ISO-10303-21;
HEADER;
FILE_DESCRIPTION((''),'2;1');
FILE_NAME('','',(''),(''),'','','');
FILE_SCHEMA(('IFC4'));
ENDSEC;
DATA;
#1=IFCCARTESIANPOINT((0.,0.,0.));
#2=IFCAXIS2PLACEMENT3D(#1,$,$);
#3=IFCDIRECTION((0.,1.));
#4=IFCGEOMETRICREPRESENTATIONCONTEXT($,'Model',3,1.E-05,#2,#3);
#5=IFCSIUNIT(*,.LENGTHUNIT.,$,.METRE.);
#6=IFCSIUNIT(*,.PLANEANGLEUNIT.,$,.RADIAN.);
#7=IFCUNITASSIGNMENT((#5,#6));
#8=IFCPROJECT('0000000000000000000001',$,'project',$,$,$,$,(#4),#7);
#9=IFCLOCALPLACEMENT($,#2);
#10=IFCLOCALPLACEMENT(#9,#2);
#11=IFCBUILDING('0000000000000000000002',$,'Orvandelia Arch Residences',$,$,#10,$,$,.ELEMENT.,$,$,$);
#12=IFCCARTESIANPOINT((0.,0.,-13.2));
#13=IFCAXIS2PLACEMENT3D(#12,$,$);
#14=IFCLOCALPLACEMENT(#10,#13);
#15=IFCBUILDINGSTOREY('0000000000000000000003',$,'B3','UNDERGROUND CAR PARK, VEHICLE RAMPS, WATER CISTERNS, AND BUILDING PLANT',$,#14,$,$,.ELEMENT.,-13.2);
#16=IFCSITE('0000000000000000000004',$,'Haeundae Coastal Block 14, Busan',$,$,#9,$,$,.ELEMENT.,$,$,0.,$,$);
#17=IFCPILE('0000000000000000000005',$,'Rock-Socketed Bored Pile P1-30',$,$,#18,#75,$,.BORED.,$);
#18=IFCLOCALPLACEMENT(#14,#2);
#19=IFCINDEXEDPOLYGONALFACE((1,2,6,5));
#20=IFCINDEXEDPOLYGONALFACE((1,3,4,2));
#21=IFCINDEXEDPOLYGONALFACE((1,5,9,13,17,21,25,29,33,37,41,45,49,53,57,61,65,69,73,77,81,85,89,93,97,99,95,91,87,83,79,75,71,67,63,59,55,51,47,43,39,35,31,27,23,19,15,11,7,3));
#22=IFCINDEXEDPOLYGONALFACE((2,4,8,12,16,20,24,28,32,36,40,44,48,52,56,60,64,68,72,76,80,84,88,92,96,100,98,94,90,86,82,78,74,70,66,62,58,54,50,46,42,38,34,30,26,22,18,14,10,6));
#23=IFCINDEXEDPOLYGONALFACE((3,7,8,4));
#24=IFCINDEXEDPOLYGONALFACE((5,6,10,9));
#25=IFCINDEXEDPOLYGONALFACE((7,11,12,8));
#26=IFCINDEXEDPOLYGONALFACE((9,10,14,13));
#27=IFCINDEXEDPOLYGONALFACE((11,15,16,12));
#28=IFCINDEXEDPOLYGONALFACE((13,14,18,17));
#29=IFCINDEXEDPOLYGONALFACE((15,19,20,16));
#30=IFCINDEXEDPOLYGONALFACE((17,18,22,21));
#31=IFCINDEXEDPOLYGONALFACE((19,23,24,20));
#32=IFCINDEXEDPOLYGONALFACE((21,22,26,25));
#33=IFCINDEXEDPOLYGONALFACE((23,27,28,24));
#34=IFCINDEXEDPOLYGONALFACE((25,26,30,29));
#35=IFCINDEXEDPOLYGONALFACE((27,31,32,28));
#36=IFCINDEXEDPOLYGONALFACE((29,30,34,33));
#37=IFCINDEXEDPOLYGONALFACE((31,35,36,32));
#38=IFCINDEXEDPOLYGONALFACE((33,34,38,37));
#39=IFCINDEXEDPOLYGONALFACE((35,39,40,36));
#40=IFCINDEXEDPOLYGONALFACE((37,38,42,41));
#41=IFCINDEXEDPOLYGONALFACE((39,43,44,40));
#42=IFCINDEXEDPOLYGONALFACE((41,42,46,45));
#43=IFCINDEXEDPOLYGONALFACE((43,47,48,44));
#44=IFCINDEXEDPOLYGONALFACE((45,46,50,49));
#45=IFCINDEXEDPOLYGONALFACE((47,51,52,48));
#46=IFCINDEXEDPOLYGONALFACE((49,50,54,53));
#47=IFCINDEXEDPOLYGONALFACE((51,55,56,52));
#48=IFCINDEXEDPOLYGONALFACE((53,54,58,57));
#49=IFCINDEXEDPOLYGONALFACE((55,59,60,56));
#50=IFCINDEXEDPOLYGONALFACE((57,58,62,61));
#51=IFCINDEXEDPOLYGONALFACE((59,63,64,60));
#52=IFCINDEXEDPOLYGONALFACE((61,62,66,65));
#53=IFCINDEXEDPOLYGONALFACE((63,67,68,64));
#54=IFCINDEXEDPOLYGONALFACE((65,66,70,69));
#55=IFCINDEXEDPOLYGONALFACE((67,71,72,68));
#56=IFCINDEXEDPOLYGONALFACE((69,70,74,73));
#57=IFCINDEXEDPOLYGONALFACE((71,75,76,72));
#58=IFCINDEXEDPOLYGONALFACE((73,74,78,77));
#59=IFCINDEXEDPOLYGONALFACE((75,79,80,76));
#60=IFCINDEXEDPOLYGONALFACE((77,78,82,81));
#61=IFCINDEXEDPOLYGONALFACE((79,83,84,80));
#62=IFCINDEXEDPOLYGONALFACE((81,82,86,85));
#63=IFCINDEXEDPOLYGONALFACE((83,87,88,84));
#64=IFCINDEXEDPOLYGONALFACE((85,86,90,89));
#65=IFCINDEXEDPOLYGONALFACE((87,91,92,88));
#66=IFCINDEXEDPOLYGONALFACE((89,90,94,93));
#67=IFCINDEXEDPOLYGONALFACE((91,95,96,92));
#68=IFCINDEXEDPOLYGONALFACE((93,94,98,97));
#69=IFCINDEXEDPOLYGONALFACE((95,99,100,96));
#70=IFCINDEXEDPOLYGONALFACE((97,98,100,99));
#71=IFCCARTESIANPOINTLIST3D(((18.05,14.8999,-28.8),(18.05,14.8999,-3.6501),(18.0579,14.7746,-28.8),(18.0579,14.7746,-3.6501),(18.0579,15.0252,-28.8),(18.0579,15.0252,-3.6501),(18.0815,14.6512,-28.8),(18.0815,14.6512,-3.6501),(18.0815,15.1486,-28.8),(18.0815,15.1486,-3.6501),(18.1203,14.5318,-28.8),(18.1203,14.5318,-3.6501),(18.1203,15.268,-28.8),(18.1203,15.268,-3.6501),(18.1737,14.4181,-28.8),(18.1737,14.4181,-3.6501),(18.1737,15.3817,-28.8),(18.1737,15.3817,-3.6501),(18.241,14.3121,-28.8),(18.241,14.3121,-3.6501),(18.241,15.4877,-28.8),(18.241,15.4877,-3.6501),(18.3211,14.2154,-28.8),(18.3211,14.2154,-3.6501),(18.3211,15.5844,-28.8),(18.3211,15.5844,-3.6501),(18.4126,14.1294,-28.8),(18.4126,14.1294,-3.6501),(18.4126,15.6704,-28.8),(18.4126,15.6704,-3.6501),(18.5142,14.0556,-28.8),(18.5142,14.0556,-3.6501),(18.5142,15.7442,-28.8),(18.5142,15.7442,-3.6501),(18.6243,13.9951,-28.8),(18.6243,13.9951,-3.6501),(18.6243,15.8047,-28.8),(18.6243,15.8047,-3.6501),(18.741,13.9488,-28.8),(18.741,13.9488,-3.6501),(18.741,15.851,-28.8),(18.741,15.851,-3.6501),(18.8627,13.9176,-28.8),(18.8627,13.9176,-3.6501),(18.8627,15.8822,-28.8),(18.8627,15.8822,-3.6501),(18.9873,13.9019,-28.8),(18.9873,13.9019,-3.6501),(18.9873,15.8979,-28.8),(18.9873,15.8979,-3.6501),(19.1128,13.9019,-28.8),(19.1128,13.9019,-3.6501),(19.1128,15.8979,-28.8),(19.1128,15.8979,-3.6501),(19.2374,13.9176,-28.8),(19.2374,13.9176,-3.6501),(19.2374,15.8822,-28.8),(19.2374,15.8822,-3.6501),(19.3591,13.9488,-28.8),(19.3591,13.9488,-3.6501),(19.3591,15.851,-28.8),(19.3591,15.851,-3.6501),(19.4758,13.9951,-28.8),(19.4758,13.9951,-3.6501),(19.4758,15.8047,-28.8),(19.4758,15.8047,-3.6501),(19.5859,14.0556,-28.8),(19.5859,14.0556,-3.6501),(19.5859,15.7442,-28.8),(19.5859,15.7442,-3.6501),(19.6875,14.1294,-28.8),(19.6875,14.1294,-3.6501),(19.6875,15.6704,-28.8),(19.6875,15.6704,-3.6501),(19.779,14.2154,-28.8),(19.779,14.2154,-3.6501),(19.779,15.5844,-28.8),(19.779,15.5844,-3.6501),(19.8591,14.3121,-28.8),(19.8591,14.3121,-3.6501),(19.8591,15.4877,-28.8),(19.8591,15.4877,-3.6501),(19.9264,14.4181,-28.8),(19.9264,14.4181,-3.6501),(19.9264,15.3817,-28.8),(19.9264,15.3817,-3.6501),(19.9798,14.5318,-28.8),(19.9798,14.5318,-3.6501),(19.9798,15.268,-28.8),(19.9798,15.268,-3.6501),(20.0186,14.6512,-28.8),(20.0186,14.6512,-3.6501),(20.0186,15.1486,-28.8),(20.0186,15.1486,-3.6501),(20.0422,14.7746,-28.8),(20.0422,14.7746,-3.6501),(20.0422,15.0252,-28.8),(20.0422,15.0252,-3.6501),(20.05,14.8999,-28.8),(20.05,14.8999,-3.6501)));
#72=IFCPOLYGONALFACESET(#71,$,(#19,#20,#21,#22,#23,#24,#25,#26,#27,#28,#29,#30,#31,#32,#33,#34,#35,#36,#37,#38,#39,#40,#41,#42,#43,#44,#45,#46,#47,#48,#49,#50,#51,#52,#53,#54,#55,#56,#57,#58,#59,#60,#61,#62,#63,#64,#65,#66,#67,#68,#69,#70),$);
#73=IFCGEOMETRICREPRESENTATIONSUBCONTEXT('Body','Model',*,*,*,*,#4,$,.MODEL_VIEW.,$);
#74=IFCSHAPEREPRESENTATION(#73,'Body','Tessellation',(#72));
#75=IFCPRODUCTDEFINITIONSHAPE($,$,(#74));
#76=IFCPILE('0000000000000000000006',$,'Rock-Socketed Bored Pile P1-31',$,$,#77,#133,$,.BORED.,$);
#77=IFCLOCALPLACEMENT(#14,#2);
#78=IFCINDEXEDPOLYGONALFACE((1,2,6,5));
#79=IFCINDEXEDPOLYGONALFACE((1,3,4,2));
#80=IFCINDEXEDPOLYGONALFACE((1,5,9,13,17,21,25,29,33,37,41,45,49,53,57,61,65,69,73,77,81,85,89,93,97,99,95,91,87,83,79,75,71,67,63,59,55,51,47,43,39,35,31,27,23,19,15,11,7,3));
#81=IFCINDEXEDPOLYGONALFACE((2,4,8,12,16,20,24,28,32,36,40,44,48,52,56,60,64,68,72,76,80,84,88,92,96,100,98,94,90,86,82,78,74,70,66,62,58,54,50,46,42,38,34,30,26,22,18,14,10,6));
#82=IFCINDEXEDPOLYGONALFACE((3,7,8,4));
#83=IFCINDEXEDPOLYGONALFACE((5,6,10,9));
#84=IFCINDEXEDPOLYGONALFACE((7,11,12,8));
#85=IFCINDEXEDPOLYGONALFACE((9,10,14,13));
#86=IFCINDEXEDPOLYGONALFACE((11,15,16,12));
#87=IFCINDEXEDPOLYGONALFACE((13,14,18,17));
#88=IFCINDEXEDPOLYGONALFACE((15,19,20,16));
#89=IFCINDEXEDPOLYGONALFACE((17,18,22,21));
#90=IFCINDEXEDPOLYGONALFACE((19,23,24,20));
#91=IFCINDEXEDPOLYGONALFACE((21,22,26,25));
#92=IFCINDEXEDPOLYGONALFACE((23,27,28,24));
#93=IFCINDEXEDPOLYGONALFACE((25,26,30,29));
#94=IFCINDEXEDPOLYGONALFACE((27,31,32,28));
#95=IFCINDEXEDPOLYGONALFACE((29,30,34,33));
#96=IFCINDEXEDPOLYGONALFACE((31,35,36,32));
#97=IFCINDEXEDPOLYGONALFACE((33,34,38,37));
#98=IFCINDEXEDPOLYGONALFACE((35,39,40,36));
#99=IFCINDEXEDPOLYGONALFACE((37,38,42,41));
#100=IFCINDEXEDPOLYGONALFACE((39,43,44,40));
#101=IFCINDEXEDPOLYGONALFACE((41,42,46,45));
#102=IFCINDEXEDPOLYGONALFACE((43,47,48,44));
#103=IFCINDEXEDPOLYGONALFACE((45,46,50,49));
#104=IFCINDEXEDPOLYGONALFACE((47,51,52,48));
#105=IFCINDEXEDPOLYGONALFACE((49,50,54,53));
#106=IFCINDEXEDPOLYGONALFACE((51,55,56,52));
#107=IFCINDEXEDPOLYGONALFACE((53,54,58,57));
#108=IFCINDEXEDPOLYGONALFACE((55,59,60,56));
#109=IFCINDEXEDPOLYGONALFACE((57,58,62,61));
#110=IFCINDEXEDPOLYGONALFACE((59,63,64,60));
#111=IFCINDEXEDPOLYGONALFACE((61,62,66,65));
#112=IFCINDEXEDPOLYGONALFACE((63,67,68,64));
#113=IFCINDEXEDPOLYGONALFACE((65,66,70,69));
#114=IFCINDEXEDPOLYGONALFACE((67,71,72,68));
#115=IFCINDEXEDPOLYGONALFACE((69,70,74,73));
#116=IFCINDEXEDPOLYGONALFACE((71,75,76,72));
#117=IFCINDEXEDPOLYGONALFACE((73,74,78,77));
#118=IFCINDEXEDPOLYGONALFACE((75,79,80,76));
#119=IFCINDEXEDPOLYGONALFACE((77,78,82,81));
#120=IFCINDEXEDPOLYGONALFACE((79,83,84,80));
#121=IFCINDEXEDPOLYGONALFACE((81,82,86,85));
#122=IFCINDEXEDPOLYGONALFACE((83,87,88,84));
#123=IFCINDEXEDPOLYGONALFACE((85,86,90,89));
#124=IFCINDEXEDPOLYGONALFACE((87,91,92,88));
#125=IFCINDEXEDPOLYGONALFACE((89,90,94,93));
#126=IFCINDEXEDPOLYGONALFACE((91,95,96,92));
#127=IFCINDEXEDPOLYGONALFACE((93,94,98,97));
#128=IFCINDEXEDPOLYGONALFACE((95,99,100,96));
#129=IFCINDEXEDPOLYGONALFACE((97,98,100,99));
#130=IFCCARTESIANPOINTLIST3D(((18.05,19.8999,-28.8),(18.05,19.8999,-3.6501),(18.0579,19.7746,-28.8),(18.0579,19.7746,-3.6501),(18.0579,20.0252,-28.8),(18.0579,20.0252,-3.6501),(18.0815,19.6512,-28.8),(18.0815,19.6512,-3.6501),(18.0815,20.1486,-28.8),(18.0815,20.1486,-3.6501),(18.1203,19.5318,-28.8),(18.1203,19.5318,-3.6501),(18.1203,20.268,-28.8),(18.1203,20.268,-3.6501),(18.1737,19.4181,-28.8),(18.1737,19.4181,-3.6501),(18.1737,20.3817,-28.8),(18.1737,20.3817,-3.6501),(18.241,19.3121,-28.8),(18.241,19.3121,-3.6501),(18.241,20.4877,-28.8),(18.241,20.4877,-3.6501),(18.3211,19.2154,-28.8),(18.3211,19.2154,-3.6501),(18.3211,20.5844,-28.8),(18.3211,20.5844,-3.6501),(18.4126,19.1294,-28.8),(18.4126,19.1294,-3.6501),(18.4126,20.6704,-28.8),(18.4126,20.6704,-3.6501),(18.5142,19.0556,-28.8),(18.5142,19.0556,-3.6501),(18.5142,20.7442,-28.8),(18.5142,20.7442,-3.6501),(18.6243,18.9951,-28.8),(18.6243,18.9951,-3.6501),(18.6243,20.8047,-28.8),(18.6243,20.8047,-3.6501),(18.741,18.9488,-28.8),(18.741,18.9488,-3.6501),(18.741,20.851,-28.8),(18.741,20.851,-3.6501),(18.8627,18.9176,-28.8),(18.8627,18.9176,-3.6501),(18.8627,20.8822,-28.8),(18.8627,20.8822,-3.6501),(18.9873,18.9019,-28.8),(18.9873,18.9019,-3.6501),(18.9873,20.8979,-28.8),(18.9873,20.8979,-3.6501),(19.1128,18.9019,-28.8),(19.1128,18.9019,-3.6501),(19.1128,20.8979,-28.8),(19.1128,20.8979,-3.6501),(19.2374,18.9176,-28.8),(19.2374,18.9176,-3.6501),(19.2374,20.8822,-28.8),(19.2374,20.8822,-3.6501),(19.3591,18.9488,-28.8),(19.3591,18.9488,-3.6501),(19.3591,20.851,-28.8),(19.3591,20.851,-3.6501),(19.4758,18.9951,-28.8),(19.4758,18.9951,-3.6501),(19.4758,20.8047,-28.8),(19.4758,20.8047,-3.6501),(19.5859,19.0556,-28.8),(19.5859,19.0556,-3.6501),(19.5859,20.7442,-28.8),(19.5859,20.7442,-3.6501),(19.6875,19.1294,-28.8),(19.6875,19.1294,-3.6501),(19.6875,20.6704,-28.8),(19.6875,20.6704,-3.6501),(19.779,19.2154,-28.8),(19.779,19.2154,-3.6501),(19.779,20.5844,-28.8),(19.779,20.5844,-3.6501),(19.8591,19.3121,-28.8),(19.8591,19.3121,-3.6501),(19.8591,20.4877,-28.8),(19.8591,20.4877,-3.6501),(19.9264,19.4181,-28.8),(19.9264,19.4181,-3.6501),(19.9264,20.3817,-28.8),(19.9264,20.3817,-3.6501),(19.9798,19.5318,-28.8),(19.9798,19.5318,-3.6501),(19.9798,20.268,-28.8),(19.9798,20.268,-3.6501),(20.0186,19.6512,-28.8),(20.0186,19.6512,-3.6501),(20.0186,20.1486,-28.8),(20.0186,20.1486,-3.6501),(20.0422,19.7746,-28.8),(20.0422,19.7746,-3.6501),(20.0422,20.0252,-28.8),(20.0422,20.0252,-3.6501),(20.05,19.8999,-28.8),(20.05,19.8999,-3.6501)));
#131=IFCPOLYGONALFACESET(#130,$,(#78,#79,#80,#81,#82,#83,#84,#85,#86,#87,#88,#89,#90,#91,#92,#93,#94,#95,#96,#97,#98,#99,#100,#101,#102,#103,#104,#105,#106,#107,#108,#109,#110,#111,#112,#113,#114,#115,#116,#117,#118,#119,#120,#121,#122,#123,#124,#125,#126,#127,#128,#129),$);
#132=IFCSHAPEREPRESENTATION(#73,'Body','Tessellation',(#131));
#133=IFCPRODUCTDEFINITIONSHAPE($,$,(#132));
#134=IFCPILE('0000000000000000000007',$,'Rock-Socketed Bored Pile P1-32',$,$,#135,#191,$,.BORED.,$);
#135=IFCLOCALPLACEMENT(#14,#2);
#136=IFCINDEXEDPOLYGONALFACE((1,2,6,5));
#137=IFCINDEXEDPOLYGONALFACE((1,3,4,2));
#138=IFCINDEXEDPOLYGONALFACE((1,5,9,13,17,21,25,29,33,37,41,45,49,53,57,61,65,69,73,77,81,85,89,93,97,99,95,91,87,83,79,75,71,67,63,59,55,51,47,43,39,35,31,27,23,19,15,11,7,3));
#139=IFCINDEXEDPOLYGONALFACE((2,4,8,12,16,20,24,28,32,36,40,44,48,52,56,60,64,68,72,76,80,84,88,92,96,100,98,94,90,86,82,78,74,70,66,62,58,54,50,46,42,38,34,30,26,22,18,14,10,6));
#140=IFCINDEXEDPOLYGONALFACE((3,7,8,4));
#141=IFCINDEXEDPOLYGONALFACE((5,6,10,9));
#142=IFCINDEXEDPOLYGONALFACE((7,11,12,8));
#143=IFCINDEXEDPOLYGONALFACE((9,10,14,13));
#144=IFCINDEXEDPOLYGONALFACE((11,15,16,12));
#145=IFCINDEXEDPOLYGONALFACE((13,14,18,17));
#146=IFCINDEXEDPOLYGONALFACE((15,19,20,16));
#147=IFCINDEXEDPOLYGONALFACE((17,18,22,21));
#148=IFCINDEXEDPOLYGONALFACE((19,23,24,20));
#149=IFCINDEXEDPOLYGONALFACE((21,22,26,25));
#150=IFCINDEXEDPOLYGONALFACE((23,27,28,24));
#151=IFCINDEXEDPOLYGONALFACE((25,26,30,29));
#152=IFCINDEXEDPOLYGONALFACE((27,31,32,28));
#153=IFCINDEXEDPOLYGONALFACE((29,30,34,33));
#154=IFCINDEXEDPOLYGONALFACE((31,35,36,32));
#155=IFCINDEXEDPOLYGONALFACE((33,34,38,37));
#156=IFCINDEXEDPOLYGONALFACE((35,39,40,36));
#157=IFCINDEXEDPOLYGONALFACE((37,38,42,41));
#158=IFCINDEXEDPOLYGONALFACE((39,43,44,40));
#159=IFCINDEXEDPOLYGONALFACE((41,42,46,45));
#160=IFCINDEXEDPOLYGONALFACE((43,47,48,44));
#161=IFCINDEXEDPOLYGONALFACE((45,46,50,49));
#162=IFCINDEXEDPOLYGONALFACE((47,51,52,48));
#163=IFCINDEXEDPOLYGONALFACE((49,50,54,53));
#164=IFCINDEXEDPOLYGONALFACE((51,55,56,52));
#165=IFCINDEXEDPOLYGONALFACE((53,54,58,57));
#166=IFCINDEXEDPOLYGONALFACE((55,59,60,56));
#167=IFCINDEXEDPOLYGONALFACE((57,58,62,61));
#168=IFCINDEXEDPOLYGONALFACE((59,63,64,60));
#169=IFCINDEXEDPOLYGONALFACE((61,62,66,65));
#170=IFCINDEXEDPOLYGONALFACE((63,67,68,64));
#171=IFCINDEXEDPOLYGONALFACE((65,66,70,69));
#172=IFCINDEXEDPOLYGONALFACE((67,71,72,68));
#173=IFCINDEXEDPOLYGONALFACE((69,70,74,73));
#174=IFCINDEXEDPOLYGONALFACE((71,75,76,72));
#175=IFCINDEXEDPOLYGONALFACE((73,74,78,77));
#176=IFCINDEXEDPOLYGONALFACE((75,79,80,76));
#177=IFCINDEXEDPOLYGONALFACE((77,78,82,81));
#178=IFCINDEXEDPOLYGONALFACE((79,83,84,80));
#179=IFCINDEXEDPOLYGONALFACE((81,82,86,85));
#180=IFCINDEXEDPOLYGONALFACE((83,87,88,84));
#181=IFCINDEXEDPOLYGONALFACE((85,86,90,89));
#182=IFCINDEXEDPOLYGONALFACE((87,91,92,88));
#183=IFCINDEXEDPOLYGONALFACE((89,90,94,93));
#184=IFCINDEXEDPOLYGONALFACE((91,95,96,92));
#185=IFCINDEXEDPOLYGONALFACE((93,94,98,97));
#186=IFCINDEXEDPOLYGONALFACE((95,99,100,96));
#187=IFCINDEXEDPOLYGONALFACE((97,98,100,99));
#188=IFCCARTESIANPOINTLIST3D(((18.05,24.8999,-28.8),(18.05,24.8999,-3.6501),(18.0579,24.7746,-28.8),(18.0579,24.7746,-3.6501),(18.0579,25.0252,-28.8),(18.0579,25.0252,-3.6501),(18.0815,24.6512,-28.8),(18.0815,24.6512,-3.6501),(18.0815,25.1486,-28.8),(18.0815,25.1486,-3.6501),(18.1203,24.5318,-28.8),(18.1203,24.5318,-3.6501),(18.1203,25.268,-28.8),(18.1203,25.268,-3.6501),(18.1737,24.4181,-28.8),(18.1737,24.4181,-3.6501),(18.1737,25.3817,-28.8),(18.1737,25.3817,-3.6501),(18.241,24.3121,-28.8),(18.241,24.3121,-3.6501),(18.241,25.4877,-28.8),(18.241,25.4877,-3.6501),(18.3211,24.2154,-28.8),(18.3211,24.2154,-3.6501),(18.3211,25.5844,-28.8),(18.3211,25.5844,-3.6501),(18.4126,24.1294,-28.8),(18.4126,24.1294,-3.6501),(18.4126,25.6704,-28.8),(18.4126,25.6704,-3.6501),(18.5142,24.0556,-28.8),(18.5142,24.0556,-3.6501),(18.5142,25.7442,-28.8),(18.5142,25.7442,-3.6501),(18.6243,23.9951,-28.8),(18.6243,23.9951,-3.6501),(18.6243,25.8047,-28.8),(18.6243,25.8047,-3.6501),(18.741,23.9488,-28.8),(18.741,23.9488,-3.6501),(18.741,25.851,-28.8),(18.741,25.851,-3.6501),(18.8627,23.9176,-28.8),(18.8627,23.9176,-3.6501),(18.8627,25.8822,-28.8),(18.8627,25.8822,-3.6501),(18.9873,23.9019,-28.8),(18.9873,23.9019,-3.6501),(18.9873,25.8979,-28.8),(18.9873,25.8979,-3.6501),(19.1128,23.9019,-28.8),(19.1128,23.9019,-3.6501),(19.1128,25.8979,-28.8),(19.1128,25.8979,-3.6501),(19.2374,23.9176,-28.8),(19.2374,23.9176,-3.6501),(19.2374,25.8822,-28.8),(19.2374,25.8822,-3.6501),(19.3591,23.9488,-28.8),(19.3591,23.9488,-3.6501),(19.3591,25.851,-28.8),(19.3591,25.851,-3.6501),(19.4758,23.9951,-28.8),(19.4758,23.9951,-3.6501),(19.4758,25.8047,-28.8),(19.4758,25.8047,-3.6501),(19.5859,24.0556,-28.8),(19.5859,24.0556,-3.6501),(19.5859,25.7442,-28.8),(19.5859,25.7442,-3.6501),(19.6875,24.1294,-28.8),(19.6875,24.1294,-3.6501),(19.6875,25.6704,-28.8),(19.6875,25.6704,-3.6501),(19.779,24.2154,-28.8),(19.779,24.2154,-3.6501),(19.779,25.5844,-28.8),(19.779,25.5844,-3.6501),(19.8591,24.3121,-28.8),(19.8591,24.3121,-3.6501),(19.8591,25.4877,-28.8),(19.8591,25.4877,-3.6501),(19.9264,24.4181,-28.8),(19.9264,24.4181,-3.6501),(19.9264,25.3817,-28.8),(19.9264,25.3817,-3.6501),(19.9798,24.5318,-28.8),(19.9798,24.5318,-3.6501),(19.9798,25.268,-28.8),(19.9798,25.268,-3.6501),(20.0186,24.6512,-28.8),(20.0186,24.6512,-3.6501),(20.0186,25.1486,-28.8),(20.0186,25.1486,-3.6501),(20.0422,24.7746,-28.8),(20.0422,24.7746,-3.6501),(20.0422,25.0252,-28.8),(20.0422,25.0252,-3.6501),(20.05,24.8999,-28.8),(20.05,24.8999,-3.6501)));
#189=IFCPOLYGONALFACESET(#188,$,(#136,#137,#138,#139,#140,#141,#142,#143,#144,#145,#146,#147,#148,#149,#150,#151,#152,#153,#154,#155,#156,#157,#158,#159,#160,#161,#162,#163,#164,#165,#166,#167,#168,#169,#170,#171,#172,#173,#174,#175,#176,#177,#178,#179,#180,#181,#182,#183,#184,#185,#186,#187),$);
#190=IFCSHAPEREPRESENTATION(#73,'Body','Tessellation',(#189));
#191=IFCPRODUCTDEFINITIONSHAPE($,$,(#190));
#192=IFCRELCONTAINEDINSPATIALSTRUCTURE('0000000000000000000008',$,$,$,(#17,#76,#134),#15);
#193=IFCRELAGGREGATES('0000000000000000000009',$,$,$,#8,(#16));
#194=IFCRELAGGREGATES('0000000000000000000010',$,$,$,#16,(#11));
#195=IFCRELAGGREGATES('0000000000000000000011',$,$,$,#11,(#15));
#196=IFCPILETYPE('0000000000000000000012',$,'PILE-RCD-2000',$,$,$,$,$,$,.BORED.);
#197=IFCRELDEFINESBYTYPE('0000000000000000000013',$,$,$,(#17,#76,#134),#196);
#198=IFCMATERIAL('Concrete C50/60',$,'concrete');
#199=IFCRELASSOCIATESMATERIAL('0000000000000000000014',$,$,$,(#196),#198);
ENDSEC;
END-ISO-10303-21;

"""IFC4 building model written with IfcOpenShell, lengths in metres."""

from ifc_helpers import new_model, si_unit, direction, frame, origin, origin_2d, place, context, subcontext, project, spatial, circle, extrude, material, material_profile, profile_set, type_object, element, save


model = new_model("IFC4")

# Units and contexts
model_context = context("Model", 3, precision=1e-05, world=origin(), true_north=direction((0.0, 1.0)))
body_context = subcontext(model_context, "Body", "Model", "MODEL_VIEW")
ifc_project = project(units=[si_unit("LENGTHUNIT", "METRE"), si_unit("PLANEANGLEUNIT", "RADIAN")], contexts=[model_context])

# Site, building, storey
site_placement = place(None, origin())
site = spatial("IfcSite", under=ifc_project, at=site_placement, Name="Haeundae Coastal Block 14, Busan", CompositionType="ELEMENT", RefElevation=0.0)
building_placement = place(site_placement, origin())
building = spatial("IfcBuilding", under=site, at=building_placement, Name="Orvandelia Arch Residences", CompositionType="ELEMENT")
storey_placement = place(building_placement, frame((0.0, 0.0, -13.2)))
storey = spatial("IfcBuildingStorey", under=building, at=storey_placement, Name="B3", Description="UNDERGROUND CAR PARK, VEHICLE RAMPS, WATER CISTERNS, AND BUILDING PLANT", CompositionType="ELEMENT", Elevation=-13.2)

# Shared definitions
ifc_material_1 = material(Name="Concrete C50/60", Category="concrete")

# Piles
ifc_material_profile_1 = material_profile(ifc_material_1, circle(Radius=1.0, at=origin_2d()), Name="Concrete C50/60", Category="concrete")
ifc_profile_set_1 = profile_set([ifc_material_profile_1], Name="Concrete C50/60")
pile_type_1 = type_object("IfcPileType", Name="PILE-RCD-2000", PredefinedType="BORED", material=ifc_profile_set_1)
for number, where, z_axis, x_axis, name in (
    (1, (19.05, 14.8999, -3.6501), (0.0, 0.0, -1.0), (1.0, 0.0, 0.0), "Rock-Socketed Bored Pile P1-30"),
    (2, (19.05, 19.8999, -3.6501), (0.0, 0.0, -1.0), (1.0, 0.0, 0.0), "Rock-Socketed Bored Pile P1-31"),
    (3, (19.05, 24.8999, -3.6501), (0.0, 0.0, -1.0), (1.0, 0.0, 0.0), "Rock-Socketed Bored Pile P1-32"),
):
    element("IfcPile", number, at=place(storey_placement, frame(where, z_axis=z_axis, x_axis=x_axis)), inside=storey, type_object=pile_type_1, Name=name, PredefinedType="BORED", context=body_context, shape_type="SweptSolid", body=[
        extrude(circle(Radius=1.0, at=origin_2d()), origin(), (0.0, 0.0, 1.0), 25.1499),
    ])

save(model, "model.ifc")
